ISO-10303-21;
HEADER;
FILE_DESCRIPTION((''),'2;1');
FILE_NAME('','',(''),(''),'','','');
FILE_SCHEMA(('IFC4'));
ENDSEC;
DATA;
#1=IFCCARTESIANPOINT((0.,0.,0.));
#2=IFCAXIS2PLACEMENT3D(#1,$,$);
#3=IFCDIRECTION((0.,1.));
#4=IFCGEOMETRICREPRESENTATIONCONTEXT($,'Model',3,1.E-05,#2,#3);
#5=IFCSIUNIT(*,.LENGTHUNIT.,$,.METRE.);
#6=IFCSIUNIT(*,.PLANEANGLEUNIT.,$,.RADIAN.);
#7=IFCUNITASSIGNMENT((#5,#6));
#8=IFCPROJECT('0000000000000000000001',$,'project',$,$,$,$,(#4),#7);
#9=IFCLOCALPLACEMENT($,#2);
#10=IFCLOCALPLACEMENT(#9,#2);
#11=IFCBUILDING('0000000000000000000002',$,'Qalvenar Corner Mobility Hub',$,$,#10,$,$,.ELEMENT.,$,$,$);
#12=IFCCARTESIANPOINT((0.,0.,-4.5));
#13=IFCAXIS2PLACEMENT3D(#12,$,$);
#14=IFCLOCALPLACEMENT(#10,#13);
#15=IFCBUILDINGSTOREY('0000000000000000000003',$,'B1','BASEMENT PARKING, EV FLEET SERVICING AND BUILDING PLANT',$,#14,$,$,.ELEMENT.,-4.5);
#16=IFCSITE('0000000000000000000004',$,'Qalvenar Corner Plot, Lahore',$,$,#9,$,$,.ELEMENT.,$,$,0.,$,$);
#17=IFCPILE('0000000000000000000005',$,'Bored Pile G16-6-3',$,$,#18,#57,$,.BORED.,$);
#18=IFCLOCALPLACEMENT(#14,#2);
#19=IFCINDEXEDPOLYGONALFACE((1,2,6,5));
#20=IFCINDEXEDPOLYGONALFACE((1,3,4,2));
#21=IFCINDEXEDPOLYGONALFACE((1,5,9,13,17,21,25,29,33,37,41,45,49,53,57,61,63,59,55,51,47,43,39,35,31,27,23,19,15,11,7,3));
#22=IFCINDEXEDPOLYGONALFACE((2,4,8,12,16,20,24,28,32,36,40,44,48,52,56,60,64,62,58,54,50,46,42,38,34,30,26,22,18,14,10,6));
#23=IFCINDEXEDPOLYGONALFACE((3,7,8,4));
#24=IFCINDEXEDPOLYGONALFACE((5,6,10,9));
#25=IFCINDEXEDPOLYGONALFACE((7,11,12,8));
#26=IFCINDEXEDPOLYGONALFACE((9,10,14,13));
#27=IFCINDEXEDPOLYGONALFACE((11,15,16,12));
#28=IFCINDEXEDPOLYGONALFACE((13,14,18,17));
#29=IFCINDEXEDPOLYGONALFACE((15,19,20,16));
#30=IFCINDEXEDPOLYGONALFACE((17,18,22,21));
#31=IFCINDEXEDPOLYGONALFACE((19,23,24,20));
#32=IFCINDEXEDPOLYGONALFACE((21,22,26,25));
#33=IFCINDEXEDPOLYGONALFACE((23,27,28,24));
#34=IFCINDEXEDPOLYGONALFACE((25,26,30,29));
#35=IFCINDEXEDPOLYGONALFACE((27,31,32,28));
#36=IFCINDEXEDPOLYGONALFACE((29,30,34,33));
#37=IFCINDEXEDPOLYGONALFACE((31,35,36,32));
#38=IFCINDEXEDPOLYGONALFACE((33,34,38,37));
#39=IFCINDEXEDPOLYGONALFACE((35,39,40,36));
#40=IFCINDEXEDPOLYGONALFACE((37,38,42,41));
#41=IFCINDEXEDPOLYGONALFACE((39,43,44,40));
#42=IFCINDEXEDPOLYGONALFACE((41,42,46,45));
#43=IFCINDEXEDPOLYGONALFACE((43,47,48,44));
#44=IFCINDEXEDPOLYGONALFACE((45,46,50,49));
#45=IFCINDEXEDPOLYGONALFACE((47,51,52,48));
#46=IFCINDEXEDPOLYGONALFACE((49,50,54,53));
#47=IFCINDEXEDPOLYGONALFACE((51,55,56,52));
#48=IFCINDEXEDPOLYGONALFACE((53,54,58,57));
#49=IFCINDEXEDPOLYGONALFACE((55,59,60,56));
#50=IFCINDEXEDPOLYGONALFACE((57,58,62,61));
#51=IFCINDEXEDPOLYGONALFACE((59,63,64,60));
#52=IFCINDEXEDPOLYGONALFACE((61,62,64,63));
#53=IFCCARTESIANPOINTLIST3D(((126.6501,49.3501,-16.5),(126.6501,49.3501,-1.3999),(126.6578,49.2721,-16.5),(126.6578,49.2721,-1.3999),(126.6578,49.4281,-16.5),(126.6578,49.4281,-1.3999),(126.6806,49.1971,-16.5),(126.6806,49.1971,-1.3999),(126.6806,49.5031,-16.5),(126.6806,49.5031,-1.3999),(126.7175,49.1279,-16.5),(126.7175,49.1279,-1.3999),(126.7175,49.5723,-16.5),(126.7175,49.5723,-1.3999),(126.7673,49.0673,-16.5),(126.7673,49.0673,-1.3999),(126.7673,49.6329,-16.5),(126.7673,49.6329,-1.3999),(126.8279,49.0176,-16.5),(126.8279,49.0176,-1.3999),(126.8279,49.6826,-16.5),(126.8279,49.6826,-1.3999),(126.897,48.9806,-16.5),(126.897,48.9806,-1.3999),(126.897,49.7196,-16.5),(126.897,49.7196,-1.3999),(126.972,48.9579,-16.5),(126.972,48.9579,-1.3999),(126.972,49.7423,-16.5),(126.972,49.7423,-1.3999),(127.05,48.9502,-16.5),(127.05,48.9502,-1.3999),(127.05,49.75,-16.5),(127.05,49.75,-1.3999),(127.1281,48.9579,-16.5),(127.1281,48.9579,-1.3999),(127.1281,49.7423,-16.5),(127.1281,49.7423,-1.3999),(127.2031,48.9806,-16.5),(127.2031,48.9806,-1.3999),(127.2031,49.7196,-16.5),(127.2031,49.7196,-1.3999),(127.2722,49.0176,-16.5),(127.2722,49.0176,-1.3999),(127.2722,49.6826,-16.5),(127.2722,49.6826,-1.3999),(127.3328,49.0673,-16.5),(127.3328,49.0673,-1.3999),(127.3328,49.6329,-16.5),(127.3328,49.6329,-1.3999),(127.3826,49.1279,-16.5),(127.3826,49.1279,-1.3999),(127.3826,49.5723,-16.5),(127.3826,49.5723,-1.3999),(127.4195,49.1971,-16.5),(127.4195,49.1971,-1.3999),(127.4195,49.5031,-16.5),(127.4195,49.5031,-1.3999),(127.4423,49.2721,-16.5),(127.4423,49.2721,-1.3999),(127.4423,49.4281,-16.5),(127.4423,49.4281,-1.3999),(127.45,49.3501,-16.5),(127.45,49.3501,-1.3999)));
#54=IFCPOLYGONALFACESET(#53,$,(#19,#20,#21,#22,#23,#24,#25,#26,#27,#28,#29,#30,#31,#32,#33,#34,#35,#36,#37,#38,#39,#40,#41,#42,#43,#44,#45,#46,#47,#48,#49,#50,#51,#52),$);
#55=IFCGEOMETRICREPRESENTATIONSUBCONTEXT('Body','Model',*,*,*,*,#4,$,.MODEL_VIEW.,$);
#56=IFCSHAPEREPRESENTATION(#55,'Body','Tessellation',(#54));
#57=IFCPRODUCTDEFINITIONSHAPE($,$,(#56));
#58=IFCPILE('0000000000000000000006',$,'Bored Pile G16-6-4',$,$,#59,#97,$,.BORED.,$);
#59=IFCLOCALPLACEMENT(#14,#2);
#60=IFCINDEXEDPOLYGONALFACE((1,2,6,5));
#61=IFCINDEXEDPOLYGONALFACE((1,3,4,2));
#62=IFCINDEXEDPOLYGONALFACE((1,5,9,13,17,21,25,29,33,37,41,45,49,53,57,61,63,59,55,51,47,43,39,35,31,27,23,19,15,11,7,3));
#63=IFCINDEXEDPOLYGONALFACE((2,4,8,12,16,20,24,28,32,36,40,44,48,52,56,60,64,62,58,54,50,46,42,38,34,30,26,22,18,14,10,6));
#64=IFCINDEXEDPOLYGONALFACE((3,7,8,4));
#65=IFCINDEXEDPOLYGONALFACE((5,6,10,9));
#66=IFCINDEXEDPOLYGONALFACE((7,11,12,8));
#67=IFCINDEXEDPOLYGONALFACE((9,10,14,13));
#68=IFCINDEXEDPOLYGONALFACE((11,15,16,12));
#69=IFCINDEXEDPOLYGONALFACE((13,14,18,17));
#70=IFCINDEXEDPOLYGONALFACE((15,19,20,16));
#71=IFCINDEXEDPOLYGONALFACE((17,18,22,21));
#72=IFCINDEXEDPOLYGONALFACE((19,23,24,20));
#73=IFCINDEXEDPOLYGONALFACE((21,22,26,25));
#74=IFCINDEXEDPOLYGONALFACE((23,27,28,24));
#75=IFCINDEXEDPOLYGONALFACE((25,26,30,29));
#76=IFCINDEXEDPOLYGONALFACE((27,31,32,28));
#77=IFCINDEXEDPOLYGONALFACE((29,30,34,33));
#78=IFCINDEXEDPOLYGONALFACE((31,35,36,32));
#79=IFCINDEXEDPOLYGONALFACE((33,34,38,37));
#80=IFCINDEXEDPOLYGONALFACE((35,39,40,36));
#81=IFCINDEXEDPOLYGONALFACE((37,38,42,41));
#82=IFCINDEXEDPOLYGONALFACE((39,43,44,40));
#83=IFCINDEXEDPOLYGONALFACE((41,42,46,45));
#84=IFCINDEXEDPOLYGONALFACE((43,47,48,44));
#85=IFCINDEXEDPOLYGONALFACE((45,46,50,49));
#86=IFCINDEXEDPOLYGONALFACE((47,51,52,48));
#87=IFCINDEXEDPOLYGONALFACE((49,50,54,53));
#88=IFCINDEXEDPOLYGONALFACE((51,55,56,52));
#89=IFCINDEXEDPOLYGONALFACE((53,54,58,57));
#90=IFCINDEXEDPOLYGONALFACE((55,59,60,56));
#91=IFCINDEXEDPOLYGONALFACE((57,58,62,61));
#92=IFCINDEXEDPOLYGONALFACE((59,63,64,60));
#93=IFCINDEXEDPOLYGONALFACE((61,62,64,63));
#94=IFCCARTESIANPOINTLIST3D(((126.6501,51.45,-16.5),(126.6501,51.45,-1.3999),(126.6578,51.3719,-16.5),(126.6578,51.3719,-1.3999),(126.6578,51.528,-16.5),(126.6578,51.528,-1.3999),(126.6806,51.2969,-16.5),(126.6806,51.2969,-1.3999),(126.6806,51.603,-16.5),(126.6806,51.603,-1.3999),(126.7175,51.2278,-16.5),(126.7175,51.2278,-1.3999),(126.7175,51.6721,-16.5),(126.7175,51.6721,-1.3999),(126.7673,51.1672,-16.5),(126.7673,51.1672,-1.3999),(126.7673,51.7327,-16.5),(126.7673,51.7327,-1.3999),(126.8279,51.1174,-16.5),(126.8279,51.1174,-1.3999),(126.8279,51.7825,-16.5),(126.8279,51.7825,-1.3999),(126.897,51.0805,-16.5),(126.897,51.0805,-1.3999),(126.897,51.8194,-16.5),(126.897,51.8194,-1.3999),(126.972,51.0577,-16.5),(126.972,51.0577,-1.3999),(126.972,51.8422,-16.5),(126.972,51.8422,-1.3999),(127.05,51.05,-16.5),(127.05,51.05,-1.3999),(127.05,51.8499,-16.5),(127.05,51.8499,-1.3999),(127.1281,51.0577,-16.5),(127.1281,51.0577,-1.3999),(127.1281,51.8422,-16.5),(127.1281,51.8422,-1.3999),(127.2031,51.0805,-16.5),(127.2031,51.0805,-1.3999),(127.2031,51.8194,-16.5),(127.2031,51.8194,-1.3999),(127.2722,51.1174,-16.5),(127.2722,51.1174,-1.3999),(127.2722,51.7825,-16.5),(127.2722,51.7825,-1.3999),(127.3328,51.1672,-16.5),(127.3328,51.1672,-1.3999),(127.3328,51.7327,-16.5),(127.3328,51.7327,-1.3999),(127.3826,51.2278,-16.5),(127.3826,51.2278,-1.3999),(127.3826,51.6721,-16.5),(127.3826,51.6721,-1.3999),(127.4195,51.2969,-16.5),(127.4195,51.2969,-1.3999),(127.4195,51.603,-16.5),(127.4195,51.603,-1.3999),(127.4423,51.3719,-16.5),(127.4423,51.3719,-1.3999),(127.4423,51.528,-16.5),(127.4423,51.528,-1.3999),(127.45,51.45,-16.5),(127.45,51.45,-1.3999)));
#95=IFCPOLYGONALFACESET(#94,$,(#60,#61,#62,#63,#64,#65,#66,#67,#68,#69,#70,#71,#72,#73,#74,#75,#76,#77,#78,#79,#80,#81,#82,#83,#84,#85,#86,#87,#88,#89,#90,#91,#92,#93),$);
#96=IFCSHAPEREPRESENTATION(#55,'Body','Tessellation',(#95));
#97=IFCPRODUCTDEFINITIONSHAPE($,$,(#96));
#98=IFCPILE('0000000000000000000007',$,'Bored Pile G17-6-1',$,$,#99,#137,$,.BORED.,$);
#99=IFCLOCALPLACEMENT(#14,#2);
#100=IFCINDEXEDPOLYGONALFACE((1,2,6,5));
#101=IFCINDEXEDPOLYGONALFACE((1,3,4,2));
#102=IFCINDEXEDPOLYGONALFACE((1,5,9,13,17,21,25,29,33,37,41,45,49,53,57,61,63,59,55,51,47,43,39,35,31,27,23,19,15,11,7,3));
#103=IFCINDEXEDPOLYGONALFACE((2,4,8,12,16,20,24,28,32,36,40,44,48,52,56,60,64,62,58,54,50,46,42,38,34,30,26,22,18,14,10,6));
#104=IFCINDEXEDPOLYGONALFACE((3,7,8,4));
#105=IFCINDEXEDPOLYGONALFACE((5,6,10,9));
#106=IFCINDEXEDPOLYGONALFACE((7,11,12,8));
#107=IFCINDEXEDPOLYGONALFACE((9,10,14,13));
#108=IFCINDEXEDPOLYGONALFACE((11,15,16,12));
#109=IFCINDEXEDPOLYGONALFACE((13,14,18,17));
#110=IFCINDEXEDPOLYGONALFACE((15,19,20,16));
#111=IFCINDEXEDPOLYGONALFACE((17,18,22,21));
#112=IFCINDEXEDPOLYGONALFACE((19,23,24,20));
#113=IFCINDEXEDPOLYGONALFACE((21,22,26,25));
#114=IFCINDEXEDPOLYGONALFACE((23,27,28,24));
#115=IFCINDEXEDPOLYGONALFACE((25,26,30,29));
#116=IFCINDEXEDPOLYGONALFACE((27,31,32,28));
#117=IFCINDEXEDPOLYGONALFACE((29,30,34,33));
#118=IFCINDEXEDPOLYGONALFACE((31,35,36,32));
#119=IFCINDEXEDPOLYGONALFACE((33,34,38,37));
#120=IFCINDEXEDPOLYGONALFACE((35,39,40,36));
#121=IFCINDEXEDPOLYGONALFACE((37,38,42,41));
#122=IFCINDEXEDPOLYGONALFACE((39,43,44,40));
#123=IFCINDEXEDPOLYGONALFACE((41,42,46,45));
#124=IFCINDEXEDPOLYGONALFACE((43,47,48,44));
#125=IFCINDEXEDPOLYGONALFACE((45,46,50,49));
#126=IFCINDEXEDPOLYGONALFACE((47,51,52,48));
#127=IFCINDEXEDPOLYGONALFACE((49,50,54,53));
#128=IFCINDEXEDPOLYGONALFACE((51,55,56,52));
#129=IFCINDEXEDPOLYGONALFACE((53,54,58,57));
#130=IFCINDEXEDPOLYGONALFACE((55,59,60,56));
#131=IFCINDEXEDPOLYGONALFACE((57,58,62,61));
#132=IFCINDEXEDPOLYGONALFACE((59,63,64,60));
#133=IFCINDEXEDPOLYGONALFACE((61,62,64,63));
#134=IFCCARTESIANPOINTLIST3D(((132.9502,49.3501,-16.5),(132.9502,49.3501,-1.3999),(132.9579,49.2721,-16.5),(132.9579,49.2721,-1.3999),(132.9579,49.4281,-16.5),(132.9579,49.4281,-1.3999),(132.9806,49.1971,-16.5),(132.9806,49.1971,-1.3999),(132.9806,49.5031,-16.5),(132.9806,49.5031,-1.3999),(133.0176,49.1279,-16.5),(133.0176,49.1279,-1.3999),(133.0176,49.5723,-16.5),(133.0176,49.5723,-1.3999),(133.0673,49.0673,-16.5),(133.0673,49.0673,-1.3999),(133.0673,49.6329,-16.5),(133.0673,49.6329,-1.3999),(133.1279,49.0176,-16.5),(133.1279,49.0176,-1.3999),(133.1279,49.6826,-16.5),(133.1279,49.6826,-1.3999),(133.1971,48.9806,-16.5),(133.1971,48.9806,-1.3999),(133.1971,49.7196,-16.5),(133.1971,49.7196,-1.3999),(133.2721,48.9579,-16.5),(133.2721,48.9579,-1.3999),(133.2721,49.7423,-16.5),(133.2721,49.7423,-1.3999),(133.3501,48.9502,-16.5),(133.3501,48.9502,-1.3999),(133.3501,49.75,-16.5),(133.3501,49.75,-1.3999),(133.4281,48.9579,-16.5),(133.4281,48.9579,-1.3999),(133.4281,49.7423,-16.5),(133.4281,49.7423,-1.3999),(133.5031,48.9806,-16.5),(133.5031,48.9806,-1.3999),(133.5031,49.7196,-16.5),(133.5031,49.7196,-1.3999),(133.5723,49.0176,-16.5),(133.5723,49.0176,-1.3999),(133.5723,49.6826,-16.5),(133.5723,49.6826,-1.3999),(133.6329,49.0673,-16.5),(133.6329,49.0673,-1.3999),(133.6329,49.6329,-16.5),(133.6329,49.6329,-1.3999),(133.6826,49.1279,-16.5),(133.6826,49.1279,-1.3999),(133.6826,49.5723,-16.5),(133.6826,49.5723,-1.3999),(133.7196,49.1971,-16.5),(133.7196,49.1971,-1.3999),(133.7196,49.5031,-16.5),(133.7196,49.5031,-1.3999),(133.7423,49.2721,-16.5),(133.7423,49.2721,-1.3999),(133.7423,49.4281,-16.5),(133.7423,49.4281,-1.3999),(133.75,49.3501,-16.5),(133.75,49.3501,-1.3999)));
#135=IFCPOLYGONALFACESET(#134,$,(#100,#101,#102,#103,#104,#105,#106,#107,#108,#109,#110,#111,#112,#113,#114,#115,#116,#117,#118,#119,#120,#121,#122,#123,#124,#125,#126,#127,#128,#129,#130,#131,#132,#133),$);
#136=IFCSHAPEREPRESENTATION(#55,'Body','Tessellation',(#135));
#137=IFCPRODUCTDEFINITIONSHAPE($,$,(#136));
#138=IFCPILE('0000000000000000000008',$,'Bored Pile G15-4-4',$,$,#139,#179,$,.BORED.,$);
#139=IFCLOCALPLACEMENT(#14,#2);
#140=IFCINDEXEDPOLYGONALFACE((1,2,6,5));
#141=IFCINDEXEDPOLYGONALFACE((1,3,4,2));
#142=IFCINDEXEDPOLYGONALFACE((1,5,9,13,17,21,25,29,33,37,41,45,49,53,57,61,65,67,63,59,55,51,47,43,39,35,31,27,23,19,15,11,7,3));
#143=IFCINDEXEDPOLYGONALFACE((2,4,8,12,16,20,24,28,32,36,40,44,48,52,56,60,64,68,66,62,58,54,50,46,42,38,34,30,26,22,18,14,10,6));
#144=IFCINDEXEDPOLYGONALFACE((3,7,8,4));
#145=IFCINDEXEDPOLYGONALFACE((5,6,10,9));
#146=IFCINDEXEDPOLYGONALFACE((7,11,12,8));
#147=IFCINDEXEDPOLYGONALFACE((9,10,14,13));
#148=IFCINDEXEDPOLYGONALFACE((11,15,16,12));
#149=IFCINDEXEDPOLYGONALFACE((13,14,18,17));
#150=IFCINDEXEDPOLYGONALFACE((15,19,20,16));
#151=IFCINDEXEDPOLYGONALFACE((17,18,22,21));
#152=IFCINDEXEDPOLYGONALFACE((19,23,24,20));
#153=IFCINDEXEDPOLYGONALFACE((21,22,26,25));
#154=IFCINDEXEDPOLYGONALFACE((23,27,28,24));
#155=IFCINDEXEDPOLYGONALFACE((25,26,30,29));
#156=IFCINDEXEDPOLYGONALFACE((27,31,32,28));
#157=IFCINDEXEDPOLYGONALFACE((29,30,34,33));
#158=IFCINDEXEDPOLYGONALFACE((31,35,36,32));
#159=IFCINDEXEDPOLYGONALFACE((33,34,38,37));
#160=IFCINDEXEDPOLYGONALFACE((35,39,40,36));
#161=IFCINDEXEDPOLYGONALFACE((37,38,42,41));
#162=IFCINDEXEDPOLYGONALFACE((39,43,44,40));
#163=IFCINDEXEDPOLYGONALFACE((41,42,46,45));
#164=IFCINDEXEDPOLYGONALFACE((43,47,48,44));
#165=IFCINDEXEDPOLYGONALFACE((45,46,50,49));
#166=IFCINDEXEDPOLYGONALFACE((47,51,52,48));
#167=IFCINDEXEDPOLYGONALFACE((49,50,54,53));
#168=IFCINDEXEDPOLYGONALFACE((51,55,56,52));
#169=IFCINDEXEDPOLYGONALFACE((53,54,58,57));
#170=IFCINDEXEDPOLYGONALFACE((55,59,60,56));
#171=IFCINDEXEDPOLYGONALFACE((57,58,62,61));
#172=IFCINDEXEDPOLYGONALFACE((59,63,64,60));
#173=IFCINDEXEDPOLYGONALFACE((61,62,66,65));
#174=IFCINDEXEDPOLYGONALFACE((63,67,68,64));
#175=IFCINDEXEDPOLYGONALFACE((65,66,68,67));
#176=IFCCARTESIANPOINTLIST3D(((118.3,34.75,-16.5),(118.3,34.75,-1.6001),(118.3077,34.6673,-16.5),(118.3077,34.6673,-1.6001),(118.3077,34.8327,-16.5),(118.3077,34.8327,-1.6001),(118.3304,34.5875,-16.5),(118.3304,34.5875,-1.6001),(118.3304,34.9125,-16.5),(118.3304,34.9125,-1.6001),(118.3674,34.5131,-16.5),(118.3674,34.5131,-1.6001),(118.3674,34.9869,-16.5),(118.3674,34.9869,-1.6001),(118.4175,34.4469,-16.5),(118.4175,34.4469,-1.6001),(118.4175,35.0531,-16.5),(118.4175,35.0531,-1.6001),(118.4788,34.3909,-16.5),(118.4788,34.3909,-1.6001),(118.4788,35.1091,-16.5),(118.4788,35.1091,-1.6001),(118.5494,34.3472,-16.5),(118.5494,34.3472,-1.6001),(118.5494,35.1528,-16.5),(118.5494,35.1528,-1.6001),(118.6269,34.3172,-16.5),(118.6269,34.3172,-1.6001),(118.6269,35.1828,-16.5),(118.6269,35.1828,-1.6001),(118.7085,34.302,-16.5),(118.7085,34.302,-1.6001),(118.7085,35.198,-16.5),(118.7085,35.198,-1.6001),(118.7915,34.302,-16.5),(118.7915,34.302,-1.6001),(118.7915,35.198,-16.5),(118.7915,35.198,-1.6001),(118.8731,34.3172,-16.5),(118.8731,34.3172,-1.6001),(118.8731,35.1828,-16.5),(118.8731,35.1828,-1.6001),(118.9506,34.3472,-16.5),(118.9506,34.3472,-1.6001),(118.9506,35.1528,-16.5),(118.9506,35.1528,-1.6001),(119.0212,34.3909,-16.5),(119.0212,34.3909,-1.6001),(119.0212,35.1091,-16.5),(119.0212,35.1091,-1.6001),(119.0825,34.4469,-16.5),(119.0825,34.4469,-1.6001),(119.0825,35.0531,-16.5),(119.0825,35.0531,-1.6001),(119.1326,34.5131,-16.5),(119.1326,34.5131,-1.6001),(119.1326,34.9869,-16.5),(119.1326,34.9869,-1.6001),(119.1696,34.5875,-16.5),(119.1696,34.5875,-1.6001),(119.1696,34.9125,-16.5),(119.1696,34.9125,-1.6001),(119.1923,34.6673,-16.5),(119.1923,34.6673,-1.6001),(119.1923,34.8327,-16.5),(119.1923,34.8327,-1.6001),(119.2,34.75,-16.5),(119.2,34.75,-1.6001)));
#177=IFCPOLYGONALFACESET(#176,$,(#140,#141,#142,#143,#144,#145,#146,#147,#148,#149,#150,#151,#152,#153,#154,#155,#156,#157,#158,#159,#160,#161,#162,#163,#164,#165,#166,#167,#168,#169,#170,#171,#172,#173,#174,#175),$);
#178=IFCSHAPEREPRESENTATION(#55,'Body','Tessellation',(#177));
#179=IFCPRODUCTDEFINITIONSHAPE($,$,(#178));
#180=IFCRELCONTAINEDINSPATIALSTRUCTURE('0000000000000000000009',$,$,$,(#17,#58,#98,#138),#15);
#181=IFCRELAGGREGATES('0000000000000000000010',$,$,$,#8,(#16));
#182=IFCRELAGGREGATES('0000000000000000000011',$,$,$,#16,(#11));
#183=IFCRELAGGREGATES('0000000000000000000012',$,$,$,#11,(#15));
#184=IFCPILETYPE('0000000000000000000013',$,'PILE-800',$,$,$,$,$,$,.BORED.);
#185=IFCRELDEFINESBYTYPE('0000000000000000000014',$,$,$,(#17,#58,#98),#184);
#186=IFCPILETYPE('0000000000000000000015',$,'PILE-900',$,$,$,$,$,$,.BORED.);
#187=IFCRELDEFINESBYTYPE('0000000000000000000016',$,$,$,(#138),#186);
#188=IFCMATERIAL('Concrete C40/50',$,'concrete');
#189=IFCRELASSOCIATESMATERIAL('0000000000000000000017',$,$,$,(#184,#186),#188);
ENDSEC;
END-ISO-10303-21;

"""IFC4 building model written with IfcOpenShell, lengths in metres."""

from ifc_helpers import new_model, si_unit, direction, frame, origin, origin_2d, place, context, subcontext, project, spatial, circle, extrude, material, material_profile, profile_set, type_object, element, save


model = new_model("IFC4")

# Units and contexts
model_context = context("Model", 3, precision=1e-05, world=origin(), true_north=direction((0.0, 1.0)))
body_context = subcontext(model_context, "Body", "Model", "MODEL_VIEW")
ifc_project = project(units=[si_unit("LENGTHUNIT", "METRE"), si_unit("PLANEANGLEUNIT", "RADIAN")], contexts=[model_context])

# Site, building, storey
site_placement = place(None, origin())
site = spatial("IfcSite", under=ifc_project, at=site_placement, Name="Qalvenar Corner Plot, Lahore", CompositionType="ELEMENT", RefElevation=0.0)
building_placement = place(site_placement, origin())
building = spatial("IfcBuilding", under=site, at=building_placement, Name="Qalvenar Corner Mobility Hub", CompositionType="ELEMENT")
storey_placement = place(building_placement, frame((0.0, 0.0, -4.5)))
storey = spatial("IfcBuildingStorey", under=building, at=storey_placement, Name="B1", Description="BASEMENT PARKING, EV FLEET SERVICING AND BUILDING PLANT", CompositionType="ELEMENT", Elevation=-4.5)

# Shared definitions
ifc_material_1 = material(Name="Concrete C40/50", Category="concrete")

# Piles
ifc_material_profile_1 = material_profile(ifc_material_1, circle(Radius=0.3999, at=origin_2d()), Name="DIA800")
ifc_profile_set_1 = profile_set([ifc_material_profile_1], Name="Concrete C40/50")
pile_type_1 = type_object("IfcPileType", Name="PILE-800", PredefinedType="BORED", material=ifc_profile_set_1)
for number, where, z_axis, x_axis, name in (
    (1, (127.05, 49.3501, -1.3999), (0.0, 0.0, -1.0), (1.0, 0.0, 0.0), "Bored Pile G16-6-3"),
    (2, (127.05, 51.45, -1.3999), (0.0, 0.0, -1.0), (1.0, 0.0, 0.0), "Bored Pile G16-6-4"),
    (3, (133.3501, 49.3501, -1.3999), (0.0, 0.0, -1.0), (1.0, 0.0, 0.0), "Bored Pile G17-6-1"),
):
    element("IfcPile", number, at=place(storey_placement, frame(where, z_axis=z_axis, x_axis=x_axis)), inside=storey, type_object=pile_type_1, Name=name, PredefinedType="BORED", context=body_context, shape_type="SweptSolid", body=[
        extrude(circle(Radius=0.3999, at=origin_2d()), origin(), (0.0, 0.0, 1.0), 15.1001),
    ])
ifc_material_profile_2 = material_profile(ifc_material_1, circle(Radius=0.45, at=origin_2d()), Name="DIA900")
ifc_profile_set_2 = profile_set([ifc_material_profile_2], Name="Concrete C40/50")
pile_type_2 = type_object("IfcPileType", Name="PILE-900", PredefinedType="BORED", material=ifc_profile_set_2)
for number, where, z_axis, x_axis, name in (
    (4, (118.75, 34.75, -1.6001), (0.0, 0.0, -1.0), (1.0, 0.0, 0.0), "Bored Pile G15-4-4"),
):
    element("IfcPile", number, at=place(storey_placement, frame(where, z_axis=z_axis, x_axis=x_axis)), inside=storey, type_object=pile_type_2, Name=name, PredefinedType="BORED", context=body_context, shape_type="SweptSolid", body=[
        extrude(circle(Radius=0.45, at=origin_2d()), origin(), (0.0, 0.0, 1.0), 14.8999),
    ])

save(model, "model.ifc")
